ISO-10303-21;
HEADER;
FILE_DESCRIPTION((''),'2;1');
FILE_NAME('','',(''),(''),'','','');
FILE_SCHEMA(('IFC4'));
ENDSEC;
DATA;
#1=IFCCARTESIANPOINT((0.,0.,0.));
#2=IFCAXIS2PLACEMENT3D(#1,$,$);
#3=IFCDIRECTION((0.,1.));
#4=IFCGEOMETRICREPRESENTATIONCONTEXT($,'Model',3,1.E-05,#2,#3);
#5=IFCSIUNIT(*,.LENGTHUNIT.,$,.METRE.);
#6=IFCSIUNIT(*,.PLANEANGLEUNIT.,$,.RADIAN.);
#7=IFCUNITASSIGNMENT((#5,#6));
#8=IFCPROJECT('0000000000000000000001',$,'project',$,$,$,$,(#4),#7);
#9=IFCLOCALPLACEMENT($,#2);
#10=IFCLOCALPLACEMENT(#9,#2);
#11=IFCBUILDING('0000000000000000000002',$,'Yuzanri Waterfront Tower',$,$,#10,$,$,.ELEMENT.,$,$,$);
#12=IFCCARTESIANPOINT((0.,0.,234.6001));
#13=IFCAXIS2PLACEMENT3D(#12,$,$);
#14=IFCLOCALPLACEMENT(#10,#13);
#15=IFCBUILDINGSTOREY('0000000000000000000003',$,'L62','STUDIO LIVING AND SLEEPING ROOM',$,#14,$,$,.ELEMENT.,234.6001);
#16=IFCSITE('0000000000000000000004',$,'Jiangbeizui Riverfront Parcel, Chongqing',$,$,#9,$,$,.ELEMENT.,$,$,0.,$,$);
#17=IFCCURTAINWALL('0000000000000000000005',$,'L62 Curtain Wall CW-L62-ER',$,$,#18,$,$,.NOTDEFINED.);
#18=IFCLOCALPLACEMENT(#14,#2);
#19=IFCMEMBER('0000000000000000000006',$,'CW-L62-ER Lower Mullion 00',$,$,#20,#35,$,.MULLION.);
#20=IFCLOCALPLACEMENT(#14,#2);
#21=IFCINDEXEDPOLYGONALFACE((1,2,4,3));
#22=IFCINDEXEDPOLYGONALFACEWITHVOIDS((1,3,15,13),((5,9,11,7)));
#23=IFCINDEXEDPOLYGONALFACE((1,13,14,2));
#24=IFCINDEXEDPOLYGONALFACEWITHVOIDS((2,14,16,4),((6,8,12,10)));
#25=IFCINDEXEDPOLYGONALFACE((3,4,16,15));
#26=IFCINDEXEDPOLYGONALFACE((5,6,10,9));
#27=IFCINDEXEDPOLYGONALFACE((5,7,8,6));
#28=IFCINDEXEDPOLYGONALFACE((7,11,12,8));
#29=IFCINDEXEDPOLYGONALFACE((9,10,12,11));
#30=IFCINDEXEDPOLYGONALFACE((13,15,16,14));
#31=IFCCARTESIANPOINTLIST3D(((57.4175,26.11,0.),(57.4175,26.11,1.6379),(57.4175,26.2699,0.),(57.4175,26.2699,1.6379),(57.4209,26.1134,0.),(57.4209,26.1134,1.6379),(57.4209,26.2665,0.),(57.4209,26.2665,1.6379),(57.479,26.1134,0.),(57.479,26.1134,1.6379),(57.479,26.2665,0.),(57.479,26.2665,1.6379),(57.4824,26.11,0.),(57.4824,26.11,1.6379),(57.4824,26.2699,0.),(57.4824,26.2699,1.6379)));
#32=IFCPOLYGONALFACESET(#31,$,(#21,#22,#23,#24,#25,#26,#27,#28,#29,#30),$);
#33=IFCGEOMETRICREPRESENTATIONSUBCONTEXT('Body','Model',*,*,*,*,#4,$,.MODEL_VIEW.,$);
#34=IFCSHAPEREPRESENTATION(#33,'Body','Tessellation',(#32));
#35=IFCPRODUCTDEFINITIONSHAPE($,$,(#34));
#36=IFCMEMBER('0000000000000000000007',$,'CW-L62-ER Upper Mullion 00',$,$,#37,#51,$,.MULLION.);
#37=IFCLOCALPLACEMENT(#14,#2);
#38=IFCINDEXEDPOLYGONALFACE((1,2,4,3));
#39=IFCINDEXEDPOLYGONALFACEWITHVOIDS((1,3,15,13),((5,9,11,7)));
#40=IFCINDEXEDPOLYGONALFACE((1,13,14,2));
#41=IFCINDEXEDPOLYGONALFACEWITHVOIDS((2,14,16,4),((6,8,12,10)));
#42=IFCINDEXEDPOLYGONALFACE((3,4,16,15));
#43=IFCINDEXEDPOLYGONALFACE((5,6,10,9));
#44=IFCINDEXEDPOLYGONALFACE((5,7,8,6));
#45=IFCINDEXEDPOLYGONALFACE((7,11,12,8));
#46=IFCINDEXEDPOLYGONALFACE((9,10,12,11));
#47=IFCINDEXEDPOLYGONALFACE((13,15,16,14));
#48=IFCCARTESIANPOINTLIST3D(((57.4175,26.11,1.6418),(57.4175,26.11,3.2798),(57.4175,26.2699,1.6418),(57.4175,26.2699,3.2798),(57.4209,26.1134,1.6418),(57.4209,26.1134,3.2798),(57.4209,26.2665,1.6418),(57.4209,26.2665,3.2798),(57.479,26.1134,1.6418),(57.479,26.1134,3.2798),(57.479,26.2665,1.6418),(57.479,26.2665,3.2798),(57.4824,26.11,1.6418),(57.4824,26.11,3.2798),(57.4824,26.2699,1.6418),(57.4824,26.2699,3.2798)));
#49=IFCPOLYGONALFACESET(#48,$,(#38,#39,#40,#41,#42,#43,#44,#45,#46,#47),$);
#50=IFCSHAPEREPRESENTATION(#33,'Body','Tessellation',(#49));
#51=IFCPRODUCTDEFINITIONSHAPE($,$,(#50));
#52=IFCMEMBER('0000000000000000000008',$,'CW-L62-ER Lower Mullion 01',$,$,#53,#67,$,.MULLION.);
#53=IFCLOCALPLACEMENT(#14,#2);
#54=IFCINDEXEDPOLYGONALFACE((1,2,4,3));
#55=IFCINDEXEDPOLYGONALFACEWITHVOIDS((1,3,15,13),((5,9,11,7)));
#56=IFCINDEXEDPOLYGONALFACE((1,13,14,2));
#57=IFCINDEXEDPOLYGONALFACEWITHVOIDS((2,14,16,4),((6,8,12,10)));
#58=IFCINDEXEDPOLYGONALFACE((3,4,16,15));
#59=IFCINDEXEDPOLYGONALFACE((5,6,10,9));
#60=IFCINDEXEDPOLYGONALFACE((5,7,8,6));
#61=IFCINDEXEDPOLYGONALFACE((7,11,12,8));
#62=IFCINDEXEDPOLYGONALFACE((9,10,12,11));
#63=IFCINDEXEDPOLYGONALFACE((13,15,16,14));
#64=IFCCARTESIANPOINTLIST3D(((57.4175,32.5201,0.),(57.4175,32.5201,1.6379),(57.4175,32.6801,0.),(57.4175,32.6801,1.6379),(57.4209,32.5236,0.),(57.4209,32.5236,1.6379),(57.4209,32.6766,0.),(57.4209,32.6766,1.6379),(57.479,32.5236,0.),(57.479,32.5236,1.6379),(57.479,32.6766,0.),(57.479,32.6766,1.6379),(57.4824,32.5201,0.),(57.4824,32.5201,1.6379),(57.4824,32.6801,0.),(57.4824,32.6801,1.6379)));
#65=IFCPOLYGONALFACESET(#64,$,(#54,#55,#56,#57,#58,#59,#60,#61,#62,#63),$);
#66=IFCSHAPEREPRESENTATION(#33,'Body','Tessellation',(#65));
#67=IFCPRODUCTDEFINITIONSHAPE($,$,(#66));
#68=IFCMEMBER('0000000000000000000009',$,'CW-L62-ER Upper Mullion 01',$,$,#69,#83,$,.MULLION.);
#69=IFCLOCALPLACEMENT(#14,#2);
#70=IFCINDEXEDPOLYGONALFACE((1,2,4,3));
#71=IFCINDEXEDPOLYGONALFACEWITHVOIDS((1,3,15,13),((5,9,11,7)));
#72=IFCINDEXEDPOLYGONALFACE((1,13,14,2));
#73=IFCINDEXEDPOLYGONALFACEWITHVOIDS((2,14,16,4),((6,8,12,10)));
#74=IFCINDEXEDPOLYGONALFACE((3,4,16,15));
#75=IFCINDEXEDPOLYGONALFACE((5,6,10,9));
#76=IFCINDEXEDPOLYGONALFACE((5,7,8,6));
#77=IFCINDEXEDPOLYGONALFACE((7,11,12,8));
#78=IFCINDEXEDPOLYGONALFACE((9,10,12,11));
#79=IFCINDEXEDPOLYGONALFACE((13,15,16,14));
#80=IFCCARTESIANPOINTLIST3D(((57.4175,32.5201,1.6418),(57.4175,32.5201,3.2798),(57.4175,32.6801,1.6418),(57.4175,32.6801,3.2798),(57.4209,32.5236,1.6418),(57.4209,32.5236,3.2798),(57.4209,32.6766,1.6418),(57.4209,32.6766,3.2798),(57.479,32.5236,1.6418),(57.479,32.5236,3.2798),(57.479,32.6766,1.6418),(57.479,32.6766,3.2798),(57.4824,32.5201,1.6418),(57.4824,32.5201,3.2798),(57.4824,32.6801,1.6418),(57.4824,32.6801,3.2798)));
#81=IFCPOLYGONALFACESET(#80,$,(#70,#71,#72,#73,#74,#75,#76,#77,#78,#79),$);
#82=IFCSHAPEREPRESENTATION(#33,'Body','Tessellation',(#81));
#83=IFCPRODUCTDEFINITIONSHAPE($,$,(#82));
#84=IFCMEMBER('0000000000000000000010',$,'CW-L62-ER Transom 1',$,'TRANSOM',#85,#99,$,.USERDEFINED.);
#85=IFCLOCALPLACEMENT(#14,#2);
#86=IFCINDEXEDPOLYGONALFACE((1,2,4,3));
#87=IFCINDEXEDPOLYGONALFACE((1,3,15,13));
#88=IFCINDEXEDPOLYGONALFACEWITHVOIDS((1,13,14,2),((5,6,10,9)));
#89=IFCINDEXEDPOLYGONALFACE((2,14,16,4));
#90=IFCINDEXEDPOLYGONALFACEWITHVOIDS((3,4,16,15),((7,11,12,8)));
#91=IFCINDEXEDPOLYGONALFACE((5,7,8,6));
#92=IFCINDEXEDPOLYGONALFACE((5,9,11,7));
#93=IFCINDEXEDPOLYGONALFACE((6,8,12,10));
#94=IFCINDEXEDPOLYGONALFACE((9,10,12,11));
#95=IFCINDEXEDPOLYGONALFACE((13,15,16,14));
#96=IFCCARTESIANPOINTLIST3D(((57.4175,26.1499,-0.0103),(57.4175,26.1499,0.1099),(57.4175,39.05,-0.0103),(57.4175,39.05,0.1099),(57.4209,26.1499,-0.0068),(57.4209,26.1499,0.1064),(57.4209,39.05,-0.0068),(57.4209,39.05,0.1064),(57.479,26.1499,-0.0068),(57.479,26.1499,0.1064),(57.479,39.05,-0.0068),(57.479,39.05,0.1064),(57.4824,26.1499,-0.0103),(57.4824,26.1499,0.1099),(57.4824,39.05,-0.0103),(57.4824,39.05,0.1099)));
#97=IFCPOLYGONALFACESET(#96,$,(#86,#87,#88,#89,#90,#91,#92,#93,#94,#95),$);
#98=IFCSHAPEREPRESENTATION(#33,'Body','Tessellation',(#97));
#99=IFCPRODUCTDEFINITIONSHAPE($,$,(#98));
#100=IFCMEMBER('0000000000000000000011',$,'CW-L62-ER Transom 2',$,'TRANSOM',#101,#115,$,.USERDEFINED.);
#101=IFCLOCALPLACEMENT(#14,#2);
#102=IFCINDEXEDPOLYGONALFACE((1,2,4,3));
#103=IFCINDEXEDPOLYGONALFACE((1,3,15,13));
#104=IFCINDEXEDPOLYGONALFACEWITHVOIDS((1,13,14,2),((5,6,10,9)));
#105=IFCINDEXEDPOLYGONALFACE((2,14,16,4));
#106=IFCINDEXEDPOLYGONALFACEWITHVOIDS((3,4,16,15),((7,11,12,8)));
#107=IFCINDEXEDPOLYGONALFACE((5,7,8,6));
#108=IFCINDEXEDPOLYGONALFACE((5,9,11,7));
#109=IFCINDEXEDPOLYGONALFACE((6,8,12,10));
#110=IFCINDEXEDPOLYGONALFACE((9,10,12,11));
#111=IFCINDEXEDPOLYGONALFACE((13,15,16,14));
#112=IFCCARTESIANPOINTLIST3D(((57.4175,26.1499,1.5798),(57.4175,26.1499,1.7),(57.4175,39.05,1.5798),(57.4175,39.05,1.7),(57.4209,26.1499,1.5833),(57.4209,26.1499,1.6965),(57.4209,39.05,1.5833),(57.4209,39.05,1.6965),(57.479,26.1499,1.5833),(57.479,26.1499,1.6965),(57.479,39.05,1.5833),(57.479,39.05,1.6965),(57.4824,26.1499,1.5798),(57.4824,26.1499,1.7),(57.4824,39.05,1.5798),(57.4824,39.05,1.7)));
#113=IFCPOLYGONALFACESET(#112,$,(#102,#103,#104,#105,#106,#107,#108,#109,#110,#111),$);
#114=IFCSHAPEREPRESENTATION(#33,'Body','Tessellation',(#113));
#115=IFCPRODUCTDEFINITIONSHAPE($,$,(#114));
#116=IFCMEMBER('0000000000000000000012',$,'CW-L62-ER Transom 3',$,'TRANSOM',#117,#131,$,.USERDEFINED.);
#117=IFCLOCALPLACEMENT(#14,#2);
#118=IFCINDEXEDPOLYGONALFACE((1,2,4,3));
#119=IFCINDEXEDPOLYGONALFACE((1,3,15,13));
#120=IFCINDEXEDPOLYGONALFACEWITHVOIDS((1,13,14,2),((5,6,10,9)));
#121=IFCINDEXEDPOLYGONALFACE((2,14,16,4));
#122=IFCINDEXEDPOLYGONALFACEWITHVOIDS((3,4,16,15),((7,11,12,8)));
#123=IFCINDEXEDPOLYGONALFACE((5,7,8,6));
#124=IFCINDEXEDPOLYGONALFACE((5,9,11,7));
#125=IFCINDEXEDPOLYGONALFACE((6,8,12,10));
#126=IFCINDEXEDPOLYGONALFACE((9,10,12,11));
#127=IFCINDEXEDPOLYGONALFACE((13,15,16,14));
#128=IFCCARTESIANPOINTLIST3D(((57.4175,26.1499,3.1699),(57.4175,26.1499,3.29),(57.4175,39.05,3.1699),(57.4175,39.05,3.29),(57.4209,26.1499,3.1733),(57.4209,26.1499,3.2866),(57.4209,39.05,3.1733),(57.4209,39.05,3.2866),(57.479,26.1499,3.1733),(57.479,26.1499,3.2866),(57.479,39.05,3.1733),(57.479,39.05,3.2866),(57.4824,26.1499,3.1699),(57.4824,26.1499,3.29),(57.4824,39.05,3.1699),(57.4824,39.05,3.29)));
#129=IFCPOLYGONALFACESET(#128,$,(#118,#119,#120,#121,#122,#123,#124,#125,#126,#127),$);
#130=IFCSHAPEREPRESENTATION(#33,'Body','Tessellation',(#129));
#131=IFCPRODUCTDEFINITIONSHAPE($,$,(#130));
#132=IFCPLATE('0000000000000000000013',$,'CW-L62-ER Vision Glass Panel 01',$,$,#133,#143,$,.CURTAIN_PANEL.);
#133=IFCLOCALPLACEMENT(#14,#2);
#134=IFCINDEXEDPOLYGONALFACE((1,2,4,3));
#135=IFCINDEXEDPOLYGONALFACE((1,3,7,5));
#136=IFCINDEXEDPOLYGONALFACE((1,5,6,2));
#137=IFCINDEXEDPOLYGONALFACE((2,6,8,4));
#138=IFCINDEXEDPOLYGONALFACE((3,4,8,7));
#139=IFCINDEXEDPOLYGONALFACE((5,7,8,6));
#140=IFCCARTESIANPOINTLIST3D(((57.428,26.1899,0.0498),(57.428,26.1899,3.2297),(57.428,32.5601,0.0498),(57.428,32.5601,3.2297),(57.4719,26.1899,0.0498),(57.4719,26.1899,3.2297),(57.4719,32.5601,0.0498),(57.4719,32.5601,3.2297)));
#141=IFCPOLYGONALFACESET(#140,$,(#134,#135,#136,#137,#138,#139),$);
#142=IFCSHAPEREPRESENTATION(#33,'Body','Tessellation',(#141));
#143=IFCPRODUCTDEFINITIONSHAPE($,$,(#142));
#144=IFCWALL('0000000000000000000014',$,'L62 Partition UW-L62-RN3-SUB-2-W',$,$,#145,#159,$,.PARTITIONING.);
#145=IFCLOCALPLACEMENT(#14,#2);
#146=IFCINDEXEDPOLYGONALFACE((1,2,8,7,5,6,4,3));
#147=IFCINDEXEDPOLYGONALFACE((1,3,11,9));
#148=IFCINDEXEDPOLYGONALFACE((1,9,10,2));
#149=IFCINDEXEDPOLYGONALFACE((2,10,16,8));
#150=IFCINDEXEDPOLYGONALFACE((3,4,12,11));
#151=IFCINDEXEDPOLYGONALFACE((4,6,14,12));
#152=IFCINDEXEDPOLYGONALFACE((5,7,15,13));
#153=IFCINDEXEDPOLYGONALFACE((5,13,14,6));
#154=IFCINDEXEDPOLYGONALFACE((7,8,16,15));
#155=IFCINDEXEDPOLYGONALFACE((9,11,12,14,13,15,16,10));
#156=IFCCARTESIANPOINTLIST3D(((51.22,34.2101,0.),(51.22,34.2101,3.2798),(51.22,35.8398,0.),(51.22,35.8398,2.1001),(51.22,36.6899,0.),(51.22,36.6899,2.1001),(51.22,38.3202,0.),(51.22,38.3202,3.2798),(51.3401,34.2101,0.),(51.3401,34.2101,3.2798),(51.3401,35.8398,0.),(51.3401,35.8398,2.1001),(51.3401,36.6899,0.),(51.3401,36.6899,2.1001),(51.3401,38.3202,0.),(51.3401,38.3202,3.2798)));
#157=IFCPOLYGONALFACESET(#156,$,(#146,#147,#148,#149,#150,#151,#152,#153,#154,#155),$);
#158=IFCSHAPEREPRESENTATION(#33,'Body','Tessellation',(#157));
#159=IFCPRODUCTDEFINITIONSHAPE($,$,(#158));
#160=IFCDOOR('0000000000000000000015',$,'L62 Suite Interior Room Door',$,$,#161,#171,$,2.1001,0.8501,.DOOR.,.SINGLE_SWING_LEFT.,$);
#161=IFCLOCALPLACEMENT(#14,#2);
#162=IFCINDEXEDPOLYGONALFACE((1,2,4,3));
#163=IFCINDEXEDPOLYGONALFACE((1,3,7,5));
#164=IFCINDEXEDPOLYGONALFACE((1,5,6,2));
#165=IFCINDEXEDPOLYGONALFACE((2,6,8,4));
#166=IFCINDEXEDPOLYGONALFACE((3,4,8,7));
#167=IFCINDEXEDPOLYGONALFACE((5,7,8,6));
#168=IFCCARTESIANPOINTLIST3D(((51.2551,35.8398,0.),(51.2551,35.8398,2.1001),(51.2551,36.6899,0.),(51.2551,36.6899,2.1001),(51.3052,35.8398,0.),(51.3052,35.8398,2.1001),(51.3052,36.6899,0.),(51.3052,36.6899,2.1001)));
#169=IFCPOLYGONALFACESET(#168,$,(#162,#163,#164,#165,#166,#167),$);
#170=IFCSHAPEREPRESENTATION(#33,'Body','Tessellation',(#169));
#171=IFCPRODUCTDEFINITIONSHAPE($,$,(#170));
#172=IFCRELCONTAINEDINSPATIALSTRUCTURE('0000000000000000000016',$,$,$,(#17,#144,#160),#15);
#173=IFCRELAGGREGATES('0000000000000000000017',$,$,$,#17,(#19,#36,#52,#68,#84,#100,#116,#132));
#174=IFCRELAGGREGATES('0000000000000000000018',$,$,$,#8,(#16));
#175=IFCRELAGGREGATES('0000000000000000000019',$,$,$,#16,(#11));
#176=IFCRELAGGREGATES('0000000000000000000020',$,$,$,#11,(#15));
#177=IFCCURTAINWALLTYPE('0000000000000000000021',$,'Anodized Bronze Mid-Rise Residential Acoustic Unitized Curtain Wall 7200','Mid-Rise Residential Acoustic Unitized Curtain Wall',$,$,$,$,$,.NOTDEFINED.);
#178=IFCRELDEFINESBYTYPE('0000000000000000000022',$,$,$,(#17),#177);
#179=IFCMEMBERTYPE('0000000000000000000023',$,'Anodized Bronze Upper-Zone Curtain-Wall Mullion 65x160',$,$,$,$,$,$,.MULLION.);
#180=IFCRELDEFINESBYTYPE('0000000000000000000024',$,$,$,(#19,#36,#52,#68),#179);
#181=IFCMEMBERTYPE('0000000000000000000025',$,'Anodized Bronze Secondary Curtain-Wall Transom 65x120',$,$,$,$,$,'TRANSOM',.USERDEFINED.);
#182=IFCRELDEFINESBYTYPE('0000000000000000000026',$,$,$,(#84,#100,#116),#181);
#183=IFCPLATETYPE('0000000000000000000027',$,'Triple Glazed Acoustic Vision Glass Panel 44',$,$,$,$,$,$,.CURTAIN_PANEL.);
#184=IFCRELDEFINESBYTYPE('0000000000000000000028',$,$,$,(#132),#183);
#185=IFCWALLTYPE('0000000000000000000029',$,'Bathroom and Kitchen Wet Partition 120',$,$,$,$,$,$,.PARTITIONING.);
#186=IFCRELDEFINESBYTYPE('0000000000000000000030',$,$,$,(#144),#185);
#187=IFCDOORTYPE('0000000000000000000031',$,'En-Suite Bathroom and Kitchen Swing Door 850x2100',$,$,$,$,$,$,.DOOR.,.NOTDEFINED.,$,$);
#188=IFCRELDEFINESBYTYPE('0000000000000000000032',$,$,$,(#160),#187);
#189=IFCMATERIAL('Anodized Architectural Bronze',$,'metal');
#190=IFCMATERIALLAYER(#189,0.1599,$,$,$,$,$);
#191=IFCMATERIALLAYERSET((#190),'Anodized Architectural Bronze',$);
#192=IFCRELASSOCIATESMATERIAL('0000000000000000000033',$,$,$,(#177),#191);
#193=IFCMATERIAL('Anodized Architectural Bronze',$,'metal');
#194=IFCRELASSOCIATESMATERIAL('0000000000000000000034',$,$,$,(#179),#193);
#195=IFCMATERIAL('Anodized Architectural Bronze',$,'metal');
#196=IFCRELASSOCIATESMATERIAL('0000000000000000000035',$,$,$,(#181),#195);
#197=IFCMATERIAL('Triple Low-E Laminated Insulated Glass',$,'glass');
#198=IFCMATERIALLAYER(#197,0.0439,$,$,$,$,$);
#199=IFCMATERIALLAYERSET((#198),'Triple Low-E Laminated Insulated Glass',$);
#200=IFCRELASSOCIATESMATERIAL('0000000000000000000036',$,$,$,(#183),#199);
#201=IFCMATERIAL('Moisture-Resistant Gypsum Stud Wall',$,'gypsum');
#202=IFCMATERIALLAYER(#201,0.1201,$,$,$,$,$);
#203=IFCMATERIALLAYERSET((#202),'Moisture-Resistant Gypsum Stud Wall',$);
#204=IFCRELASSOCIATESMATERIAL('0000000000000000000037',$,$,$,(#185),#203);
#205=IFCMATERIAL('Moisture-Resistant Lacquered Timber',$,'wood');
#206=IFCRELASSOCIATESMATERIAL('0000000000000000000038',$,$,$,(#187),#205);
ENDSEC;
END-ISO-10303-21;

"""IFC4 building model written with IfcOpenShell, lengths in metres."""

from ifc_helpers import new_model, si_unit, direction, frame, frame_2d, origin, origin_2d, place, context, subcontext, project, spatial, rectangle, hollow_rectangle, extrude, source, transform, mapped, material, layer, layer_set, material_profile, profile_set, type_object, element, fill, aggregate, save


model = new_model("IFC4")

# Units and contexts
model_context = context("Model", 3, precision=1e-05, world=origin(), true_north=direction((0.0, 1.0)))
body_context = subcontext(model_context, "Body", "Model", "MODEL_VIEW")
ifc_project = project(units=[si_unit("LENGTHUNIT", "METRE"), si_unit("PLANEANGLEUNIT", "RADIAN")], contexts=[model_context])

# Site, building, storey
site_placement = place(None, origin())
site = spatial("IfcSite", under=ifc_project, at=site_placement, Name="Jiangbeizui Riverfront Parcel, Chongqing", CompositionType="ELEMENT", RefElevation=0.0)
building_placement = place(site_placement, origin())
building = spatial("IfcBuilding", under=site, at=building_placement, Name="Yuzanri Waterfront Tower", CompositionType="ELEMENT")
storey_placement = place(building_placement, frame((0.0, 0.0, 234.6001)))
storey = spatial("IfcBuildingStorey", under=building, at=storey_placement, Name="L62", Description="STUDIO LIVING AND SLEEPING ROOM", CompositionType="ELEMENT", Elevation=234.6001)

# Curtain wall, members, plate
ifc_material_1 = material(Name="Anodized Architectural Bronze", Category="metal")
ifc_layer_1 = layer(ifc_material_1, 0.1599)
ifc_layer_set_1 = layer_set([ifc_layer_1], Name="Anodized Architectural Bronze")
curtain_wall_type = type_object("IfcCurtainWallType", Name="Anodized Bronze Mid-Rise Residential Acoustic Unitized Curtain Wall 7200", Description="Mid-Rise Residential Acoustic Unitized Curtain Wall", PredefinedType="NOTDEFINED", material=ifc_layer_set_1)
curtain_wall_placement = place(storey_placement, origin())
curtain_wall = element("IfcCurtainWall", 1, at=curtain_wall_placement, inside=storey, type_object=curtain_wall_type, Name="L62 Curtain Wall CW-L62-ER", PredefinedType="NOTDEFINED")
ifc_material_2 = material(Name="Anodized Architectural Bronze", Category="metal")
ifc_material_profile_1 = material_profile(ifc_material_2, hollow_rectangle(XDim=0.0649, YDim=0.1599, WallThickness=0.0034, at=origin_2d()), Name="CWM 65x160")
ifc_profile_set_1 = profile_set([ifc_material_profile_1], Name="Anodized Architectural Bronze")
member_type_1 = type_object("IfcMemberType", Name="Anodized Bronze Upper-Zone Curtain-Wall Mullion 65x160", PredefinedType="MULLION", material=ifc_profile_set_1)
shared_shape_1 = source(origin(), body_context, "Body", "SweptSolid", [
    extrude(hollow_rectangle(XDim=0.0649, YDim=0.1599, WallThickness=0.0034, at=origin_2d()), origin(), (0.0, 0.0, 1.0), 1.6379),
])
member_1_placement = place(storey_placement, frame((57.45, 26.1899, 0.0), z_axis=(0.0, 0.0, 1.0), x_axis=(1.0, 0.0, 0.0)))
member_1 = element("IfcMember", 2, at=member_1_placement, type_object=member_type_1, Name="CW-L62-ER Lower Mullion 00", PredefinedType="MULLION", context=body_context, shape_type="MappedRepresentation", body=[
    mapped(shared_shape_1, transform((0.0, 0.0, 0.0), scale=1.0)),
])
member_2_placement = place(storey_placement, frame((57.45, 26.1899, 1.6418), z_axis=(0.0, 0.0, 1.0), x_axis=(1.0, 0.0, 0.0)))
member_2 = element("IfcMember", 3, at=member_2_placement, type_object=member_type_1, Name="CW-L62-ER Upper Mullion 00", PredefinedType="MULLION", context=body_context, shape_type="MappedRepresentation", body=[
    mapped(shared_shape_1, transform((0.0, 0.0, 0.0), scale=1.0)),
])
member_3_placement = place(storey_placement, frame((57.45, 32.6001, 0.0), z_axis=(0.0, 0.0, 1.0), x_axis=(1.0, 0.0, 0.0)))
member_3 = element("IfcMember", 4, at=member_3_placement, type_object=member_type_1, Name="CW-L62-ER Lower Mullion 01", PredefinedType="MULLION", context=body_context, shape_type="MappedRepresentation", body=[
    mapped(shared_shape_1, transform((0.0, 0.0, 0.0), scale=1.0)),
])
member_4_placement = place(storey_placement, frame((57.45, 32.6001, 1.6418), z_axis=(0.0, 0.0, 1.0), x_axis=(1.0, 0.0, 0.0)))
member_4 = element("IfcMember", 5, at=member_4_placement, type_object=member_type_1, Name="CW-L62-ER Upper Mullion 01", PredefinedType="MULLION", context=body_context, shape_type="MappedRepresentation", body=[
    mapped(shared_shape_1, transform((0.0, 0.0, 0.0), scale=1.0)),
])
ifc_material_3 = material(Name="Anodized Architectural Bronze", Category="metal")
ifc_material_profile_2 = material_profile(ifc_material_3, hollow_rectangle(XDim=0.0649, YDim=0.1201, WallThickness=0.0034, at=origin_2d()), Name="CWT 65x120")
ifc_profile_set_2 = profile_set([ifc_material_profile_2], Name="Anodized Architectural Bronze")
member_type_2 = type_object("IfcMemberType", Name="Anodized Bronze Secondary Curtain-Wall Transom 65x120", ElementType="TRANSOM", PredefinedType="USERDEFINED", material=ifc_profile_set_2)
shared_shape_2 = source(origin(), body_context, "Body", "SweptSolid", [
    extrude(hollow_rectangle(XDim=0.0649, YDim=0.1201, WallThickness=0.0034, at=origin_2d()), origin(), (0.0, 0.0, 1.0), 12.9001),
])
member_5_placement = place(storey_placement, frame((57.45, 26.1499, 0.0498), z_axis=(0.0, 1.0, 0.0), x_axis=(-1.0, 0.0, 0.0)))
member_5 = element("IfcMember", 6, at=member_5_placement, type_object=member_type_2, Name="CW-L62-ER Transom 1", ObjectType="TRANSOM", PredefinedType="USERDEFINED", context=body_context, shape_type="MappedRepresentation", body=[
    mapped(shared_shape_2, transform((0.0, 0.0, 0.0), scale=1.0)),
])
member_6_placement = place(storey_placement, frame((57.45, 26.1499, 1.6399), z_axis=(0.0, 1.0, 0.0), x_axis=(-1.0, 0.0, 0.0)))
member_6 = element("IfcMember", 7, at=member_6_placement, type_object=member_type_2, Name="CW-L62-ER Transom 2", ObjectType="TRANSOM", PredefinedType="USERDEFINED", context=body_context, shape_type="MappedRepresentation", body=[
    mapped(shared_shape_2, transform((0.0, 0.0, 0.0), scale=1.0)),
])
member_7_placement = place(storey_placement, frame((57.45, 26.1499, 3.23), z_axis=(0.0, 1.0, 0.0), x_axis=(-1.0, 0.0, 0.0)))
member_7 = element("IfcMember", 8, at=member_7_placement, type_object=member_type_2, Name="CW-L62-ER Transom 3", ObjectType="TRANSOM", PredefinedType="USERDEFINED", context=body_context, shape_type="MappedRepresentation", body=[
    mapped(shared_shape_2, transform((0.0, 0.0, 0.0), scale=1.0)),
])
ifc_material_4 = material(Name="Triple Low-E Laminated Insulated Glass", Category="glass")
ifc_layer_2 = layer(ifc_material_4, 0.0439)
ifc_layer_set_2 = layer_set([ifc_layer_2], Name="Triple Low-E Laminated Insulated Glass")
plate_type = type_object("IfcPlateType", Name="Triple Glazed Acoustic Vision Glass Panel 44", PredefinedType="CURTAIN_PANEL", material=ifc_layer_set_2)
shared_shape_3 = source(origin(), body_context, "Body", "SweptSolid", [
    extrude(rectangle(XDim=6.3701, YDim=0.0439, at=origin_2d()), origin(), (0.0, 0.0, 1.0), 3.1799),
])
plate_placement = place(storey_placement, frame((57.45, 29.375, 0.0498), z_axis=(0.0, 0.0, 1.0), x_axis=(0.0, 1.0, 0.0)))
plate = element("IfcPlate", 9, at=plate_placement, type_object=plate_type, Name="CW-L62-ER Vision Glass Panel 01", PredefinedType="CURTAIN_PANEL", context=body_context, shape_type="MappedRepresentation", body=[
    mapped(shared_shape_3, transform((0.0, 0.0, 0.0), scale=1.0)),
])
aggregate(curtain_wall, [member_1, member_2, member_3, member_4, member_5, member_6, member_7, plate])

# Wall, opening, door
ifc_material_5 = material(Name="Moisture-Resistant Gypsum Stud Wall", Category="gypsum")
ifc_layer_3 = layer(ifc_material_5, 0.1201)
ifc_layer_set_3 = layer_set([ifc_layer_3], Name="Moisture-Resistant Gypsum Stud Wall")
wall_type_1 = type_object("IfcWallType", Name="Bathroom and Kitchen Wet Partition 120", PredefinedType="PARTITIONING", material=ifc_layer_set_3)
wall_1_placement = place(storey_placement, frame((51.28, 34.21, 0.0), z_axis=(0.0, 0.0, 1.0), x_axis=(0.0, 1.0, 0.0)))
wall_1 = element("IfcWall", 10, at=wall_1_placement, inside=storey, type_object=wall_type_1, Name="L62 Partition UW-L62-RN3-SUB-2-W", PredefinedType="PARTITIONING", context=body_context, shape_type="SweptSolid", body=[
    extrude(rectangle(XDim=4.1101, YDim=0.1201, at=frame_2d((2.0552, 0.0))), origin(), (0.0, 0.0, 1.0), 3.2798),
])
opening_1_placement = place(wall_1_placement, frame((1.6299, 0.0, 0.0)))
opening_1 = element("IfcOpeningElement", 11, at=opening_1_placement, cuts=wall_1, PredefinedType="OPENING", context=body_context, shape_type="SweptSolid", body=[
    extrude(rectangle(XDim=0.8501, YDim=2.1001, at=frame_2d((0.425, 1.05))), frame((0.0, 0.075, 0.0), z_axis=(0.0, -1.0, 0.0), x_axis=(1.0, 0.0, 0.0)), (0.0, 0.0, 1.0), 0.1499),
])
ifc_material_6 = material(Name="Moisture-Resistant Lacquered Timber", Category="wood")
door_type_1 = type_object("IfcDoorType", Name="En-Suite Bathroom and Kitchen Swing Door 850x2100", OperationType="NOTDEFINED", PredefinedType="DOOR", material=ifc_material_6)
shared_shape_4 = source(origin(), body_context, "Body", "SweptSolid", [
    extrude(rectangle(XDim=0.8501, YDim=2.1001, at=frame_2d((0.425, 1.05))), frame((0.0, 0.0249, 0.0), z_axis=(0.0, -1.0, 0.0), x_axis=(1.0, 0.0, 0.0)), (0.0, 0.0, 1.0), 0.05),
])
door_1_placement = place(opening_1_placement, origin())
door_1 = element("IfcDoor", 12, at=door_1_placement, inside=storey, type_object=door_type_1, Name="L62 Suite Interior Room Door", OperationType="SINGLE_SWING_LEFT", OverallHeight=2.1001, OverallWidth=0.8501, PredefinedType="DOOR", context=body_context, shape_type="MappedRepresentation", body=[
    mapped(shared_shape_4, transform((0.0, 0.0, 0.0), scale=1.0)),
])
fill(opening_1, door_1)

save(model, "model.ifc")
